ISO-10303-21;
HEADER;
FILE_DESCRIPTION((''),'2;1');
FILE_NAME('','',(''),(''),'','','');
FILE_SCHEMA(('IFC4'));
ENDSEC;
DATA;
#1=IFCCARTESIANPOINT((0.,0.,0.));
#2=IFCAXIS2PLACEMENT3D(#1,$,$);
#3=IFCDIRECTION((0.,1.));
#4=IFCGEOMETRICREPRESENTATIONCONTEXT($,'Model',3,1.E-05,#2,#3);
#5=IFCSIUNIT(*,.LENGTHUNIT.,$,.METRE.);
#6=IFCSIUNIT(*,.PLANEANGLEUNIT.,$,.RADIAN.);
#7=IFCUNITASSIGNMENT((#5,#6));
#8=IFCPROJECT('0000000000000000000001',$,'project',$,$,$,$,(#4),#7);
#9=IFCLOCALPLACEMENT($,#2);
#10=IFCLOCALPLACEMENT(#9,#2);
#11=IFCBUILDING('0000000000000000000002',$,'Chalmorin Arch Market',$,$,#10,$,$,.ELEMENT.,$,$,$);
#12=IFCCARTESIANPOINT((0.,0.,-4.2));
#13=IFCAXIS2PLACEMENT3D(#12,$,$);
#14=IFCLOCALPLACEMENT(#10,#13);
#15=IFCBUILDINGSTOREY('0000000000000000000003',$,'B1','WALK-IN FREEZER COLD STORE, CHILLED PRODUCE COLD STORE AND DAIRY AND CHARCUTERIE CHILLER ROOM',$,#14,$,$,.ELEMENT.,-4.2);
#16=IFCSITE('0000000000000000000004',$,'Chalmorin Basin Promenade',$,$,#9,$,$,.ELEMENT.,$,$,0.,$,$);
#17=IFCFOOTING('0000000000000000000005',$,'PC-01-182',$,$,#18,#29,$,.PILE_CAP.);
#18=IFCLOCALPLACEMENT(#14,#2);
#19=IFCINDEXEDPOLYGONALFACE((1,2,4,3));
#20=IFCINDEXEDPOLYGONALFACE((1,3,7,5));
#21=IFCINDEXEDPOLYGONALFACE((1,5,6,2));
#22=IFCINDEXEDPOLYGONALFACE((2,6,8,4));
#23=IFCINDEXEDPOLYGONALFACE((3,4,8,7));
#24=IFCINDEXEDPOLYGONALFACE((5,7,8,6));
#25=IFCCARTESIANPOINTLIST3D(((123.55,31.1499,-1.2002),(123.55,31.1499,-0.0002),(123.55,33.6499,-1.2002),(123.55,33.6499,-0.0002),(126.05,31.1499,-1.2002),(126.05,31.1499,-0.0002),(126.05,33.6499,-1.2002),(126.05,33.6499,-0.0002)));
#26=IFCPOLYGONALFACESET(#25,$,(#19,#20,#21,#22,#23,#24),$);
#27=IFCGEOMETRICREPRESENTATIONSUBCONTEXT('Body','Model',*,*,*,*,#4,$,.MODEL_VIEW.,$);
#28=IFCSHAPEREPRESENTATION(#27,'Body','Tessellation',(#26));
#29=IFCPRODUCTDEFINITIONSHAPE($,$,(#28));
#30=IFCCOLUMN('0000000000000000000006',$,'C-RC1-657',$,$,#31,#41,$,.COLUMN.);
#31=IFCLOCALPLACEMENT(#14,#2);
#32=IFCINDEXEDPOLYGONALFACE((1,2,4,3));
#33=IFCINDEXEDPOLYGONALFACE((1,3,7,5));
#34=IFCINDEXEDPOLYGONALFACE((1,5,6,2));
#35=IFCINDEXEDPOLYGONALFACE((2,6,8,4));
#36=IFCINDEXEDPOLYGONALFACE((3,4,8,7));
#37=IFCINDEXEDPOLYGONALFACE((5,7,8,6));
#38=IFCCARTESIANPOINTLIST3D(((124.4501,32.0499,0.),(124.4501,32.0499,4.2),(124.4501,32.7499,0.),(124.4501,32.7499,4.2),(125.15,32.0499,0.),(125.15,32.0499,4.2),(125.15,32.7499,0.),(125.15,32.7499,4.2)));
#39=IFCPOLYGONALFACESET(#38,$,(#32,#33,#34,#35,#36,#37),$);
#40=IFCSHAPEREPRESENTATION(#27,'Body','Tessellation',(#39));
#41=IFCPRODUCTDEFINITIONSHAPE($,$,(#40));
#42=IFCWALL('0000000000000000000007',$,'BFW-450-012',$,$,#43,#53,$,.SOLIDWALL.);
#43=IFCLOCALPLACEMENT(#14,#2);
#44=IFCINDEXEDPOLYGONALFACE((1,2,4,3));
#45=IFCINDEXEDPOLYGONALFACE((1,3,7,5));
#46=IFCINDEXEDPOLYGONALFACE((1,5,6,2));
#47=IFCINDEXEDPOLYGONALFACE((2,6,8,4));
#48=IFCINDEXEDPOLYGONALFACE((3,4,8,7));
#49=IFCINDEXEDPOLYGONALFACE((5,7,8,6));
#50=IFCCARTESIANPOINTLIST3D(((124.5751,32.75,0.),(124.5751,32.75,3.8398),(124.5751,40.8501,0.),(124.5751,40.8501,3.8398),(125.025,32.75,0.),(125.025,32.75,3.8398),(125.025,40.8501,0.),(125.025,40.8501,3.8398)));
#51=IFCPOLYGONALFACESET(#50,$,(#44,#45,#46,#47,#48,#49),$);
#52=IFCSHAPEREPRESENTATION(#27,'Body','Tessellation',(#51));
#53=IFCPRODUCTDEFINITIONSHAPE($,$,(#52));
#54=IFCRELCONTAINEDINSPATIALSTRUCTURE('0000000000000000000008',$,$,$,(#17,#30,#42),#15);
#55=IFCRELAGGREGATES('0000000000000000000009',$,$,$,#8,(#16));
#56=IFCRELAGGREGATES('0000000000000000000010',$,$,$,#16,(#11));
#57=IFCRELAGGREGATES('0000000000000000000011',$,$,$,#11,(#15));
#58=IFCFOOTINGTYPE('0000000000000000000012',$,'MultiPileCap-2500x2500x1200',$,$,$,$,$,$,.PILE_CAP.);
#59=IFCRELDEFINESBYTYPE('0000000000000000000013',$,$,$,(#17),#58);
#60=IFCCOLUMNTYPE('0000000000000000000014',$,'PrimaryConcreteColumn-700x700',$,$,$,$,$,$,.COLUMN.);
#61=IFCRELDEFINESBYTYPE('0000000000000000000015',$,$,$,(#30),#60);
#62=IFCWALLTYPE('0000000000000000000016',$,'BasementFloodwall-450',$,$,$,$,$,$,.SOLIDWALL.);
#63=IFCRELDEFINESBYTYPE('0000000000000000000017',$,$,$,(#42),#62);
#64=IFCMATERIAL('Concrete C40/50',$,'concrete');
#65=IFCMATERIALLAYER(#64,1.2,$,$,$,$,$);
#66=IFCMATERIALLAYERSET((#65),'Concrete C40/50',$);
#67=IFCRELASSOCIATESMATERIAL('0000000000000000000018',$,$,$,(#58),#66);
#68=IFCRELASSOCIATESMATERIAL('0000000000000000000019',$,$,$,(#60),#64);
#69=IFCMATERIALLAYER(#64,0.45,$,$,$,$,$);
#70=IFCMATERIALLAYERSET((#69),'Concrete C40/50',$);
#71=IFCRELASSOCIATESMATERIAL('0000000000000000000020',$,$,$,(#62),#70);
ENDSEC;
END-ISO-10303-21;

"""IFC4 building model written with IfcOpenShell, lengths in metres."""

from ifc_helpers import new_model, si_unit, direction, frame, frame_2d, origin, origin_2d, place, context, subcontext, project, spatial, rectangle, extrude, material, layer, layer_set, material_profile, profile_set, type_object, element, save


model = new_model("IFC4")

# Units and contexts
model_context = context("Model", 3, precision=1e-05, world=origin(), true_north=direction((0.0, 1.0)))
body_context = subcontext(model_context, "Body", "Model", "MODEL_VIEW")
ifc_project = project(units=[si_unit("LENGTHUNIT", "METRE"), si_unit("PLANEANGLEUNIT", "RADIAN")], contexts=[model_context])

# Site, building, storey
site_placement = place(None, origin())
site = spatial("IfcSite", under=ifc_project, at=site_placement, Name="Chalmorin Basin Promenade", CompositionType="ELEMENT", RefElevation=0.0)
building_placement = place(site_placement, origin())
building = spatial("IfcBuilding", under=site, at=building_placement, Name="Chalmorin Arch Market", CompositionType="ELEMENT")
storey_placement = place(building_placement, frame((0.0, 0.0, -4.2)))
storey = spatial("IfcBuildingStorey", under=building, at=storey_placement, Name="B1", Description="WALK-IN FREEZER COLD STORE, CHILLED PRODUCE COLD STORE AND DAIRY AND CHARCUTERIE CHILLER ROOM", CompositionType="ELEMENT", Elevation=-4.2)

# Footing
ifc_material_1 = material(Name="Concrete C40/50", Category="concrete")
ifc_layer_1 = layer(ifc_material_1, 1.2)
ifc_layer_set_1 = layer_set([ifc_layer_1], Name="Concrete C40/50")
footing_type_1 = type_object("IfcFootingType", Name="MultiPileCap-2500x2500x1200", PredefinedType="PILE_CAP", material=ifc_layer_set_1)
footing_1_placement = place(storey_placement, frame((124.8, 32.3999, -1.2002), z_axis=(0.0, 0.0, 1.0), x_axis=(1.0, 0.0, 0.0)))
element("IfcFooting", 1, at=footing_1_placement, inside=storey, type_object=footing_type_1, Name="PC-01-182", PredefinedType="PILE_CAP", context=body_context, shape_type="SweptSolid", body=[
    extrude(rectangle(XDim=2.5, YDim=2.5, at=origin_2d()), origin(), (0.0, 0.0, 1.0), 1.2),
])

# Column
ifc_material_profile_1 = material_profile(ifc_material_1, rectangle(XDim=0.7, YDim=0.7, at=origin_2d()), Name="RC700X700")
ifc_profile_set_1 = profile_set([ifc_material_profile_1], Name="Concrete C40/50")
column_type = type_object("IfcColumnType", Name="PrimaryConcreteColumn-700x700", PredefinedType="COLUMN", material=ifc_profile_set_1)
column_placement = place(storey_placement, frame((124.8, 32.3999, 0.0), z_axis=(0.0, 0.0, 1.0), x_axis=(1.0, 0.0, 0.0)))
element("IfcColumn", 2, at=column_placement, inside=storey, type_object=column_type, Name="C-RC1-657", PredefinedType="COLUMN", context=body_context, shape_type="SweptSolid", body=[
    extrude(rectangle(XDim=0.7, YDim=0.7, at=origin_2d()), origin(), (0.0, 0.0, 1.0), 4.2),
])

# Wall
ifc_layer_2 = layer(ifc_material_1, 0.45)
ifc_layer_set_2 = layer_set([ifc_layer_2], Name="Concrete C40/50")
wall_type = type_object("IfcWallType", Name="BasementFloodwall-450", PredefinedType="SOLIDWALL", material=ifc_layer_set_2)
wall_placement = place(storey_placement, frame((124.8, 32.75, 0.0), z_axis=(0.0, 0.0, 1.0), x_axis=(0.0, 1.0, 0.0)))
element("IfcWall", 3, at=wall_placement, inside=storey, type_object=wall_type, Name="BFW-450-012", PredefinedType="SOLIDWALL", context=body_context, shape_type="SweptSolid", body=[
    extrude(rectangle(XDim=8.1001, YDim=0.45, at=frame_2d((4.05, 0.0))), origin(), (0.0, 0.0, 1.0), 3.8398),
])

save(model, "model.ifc")
